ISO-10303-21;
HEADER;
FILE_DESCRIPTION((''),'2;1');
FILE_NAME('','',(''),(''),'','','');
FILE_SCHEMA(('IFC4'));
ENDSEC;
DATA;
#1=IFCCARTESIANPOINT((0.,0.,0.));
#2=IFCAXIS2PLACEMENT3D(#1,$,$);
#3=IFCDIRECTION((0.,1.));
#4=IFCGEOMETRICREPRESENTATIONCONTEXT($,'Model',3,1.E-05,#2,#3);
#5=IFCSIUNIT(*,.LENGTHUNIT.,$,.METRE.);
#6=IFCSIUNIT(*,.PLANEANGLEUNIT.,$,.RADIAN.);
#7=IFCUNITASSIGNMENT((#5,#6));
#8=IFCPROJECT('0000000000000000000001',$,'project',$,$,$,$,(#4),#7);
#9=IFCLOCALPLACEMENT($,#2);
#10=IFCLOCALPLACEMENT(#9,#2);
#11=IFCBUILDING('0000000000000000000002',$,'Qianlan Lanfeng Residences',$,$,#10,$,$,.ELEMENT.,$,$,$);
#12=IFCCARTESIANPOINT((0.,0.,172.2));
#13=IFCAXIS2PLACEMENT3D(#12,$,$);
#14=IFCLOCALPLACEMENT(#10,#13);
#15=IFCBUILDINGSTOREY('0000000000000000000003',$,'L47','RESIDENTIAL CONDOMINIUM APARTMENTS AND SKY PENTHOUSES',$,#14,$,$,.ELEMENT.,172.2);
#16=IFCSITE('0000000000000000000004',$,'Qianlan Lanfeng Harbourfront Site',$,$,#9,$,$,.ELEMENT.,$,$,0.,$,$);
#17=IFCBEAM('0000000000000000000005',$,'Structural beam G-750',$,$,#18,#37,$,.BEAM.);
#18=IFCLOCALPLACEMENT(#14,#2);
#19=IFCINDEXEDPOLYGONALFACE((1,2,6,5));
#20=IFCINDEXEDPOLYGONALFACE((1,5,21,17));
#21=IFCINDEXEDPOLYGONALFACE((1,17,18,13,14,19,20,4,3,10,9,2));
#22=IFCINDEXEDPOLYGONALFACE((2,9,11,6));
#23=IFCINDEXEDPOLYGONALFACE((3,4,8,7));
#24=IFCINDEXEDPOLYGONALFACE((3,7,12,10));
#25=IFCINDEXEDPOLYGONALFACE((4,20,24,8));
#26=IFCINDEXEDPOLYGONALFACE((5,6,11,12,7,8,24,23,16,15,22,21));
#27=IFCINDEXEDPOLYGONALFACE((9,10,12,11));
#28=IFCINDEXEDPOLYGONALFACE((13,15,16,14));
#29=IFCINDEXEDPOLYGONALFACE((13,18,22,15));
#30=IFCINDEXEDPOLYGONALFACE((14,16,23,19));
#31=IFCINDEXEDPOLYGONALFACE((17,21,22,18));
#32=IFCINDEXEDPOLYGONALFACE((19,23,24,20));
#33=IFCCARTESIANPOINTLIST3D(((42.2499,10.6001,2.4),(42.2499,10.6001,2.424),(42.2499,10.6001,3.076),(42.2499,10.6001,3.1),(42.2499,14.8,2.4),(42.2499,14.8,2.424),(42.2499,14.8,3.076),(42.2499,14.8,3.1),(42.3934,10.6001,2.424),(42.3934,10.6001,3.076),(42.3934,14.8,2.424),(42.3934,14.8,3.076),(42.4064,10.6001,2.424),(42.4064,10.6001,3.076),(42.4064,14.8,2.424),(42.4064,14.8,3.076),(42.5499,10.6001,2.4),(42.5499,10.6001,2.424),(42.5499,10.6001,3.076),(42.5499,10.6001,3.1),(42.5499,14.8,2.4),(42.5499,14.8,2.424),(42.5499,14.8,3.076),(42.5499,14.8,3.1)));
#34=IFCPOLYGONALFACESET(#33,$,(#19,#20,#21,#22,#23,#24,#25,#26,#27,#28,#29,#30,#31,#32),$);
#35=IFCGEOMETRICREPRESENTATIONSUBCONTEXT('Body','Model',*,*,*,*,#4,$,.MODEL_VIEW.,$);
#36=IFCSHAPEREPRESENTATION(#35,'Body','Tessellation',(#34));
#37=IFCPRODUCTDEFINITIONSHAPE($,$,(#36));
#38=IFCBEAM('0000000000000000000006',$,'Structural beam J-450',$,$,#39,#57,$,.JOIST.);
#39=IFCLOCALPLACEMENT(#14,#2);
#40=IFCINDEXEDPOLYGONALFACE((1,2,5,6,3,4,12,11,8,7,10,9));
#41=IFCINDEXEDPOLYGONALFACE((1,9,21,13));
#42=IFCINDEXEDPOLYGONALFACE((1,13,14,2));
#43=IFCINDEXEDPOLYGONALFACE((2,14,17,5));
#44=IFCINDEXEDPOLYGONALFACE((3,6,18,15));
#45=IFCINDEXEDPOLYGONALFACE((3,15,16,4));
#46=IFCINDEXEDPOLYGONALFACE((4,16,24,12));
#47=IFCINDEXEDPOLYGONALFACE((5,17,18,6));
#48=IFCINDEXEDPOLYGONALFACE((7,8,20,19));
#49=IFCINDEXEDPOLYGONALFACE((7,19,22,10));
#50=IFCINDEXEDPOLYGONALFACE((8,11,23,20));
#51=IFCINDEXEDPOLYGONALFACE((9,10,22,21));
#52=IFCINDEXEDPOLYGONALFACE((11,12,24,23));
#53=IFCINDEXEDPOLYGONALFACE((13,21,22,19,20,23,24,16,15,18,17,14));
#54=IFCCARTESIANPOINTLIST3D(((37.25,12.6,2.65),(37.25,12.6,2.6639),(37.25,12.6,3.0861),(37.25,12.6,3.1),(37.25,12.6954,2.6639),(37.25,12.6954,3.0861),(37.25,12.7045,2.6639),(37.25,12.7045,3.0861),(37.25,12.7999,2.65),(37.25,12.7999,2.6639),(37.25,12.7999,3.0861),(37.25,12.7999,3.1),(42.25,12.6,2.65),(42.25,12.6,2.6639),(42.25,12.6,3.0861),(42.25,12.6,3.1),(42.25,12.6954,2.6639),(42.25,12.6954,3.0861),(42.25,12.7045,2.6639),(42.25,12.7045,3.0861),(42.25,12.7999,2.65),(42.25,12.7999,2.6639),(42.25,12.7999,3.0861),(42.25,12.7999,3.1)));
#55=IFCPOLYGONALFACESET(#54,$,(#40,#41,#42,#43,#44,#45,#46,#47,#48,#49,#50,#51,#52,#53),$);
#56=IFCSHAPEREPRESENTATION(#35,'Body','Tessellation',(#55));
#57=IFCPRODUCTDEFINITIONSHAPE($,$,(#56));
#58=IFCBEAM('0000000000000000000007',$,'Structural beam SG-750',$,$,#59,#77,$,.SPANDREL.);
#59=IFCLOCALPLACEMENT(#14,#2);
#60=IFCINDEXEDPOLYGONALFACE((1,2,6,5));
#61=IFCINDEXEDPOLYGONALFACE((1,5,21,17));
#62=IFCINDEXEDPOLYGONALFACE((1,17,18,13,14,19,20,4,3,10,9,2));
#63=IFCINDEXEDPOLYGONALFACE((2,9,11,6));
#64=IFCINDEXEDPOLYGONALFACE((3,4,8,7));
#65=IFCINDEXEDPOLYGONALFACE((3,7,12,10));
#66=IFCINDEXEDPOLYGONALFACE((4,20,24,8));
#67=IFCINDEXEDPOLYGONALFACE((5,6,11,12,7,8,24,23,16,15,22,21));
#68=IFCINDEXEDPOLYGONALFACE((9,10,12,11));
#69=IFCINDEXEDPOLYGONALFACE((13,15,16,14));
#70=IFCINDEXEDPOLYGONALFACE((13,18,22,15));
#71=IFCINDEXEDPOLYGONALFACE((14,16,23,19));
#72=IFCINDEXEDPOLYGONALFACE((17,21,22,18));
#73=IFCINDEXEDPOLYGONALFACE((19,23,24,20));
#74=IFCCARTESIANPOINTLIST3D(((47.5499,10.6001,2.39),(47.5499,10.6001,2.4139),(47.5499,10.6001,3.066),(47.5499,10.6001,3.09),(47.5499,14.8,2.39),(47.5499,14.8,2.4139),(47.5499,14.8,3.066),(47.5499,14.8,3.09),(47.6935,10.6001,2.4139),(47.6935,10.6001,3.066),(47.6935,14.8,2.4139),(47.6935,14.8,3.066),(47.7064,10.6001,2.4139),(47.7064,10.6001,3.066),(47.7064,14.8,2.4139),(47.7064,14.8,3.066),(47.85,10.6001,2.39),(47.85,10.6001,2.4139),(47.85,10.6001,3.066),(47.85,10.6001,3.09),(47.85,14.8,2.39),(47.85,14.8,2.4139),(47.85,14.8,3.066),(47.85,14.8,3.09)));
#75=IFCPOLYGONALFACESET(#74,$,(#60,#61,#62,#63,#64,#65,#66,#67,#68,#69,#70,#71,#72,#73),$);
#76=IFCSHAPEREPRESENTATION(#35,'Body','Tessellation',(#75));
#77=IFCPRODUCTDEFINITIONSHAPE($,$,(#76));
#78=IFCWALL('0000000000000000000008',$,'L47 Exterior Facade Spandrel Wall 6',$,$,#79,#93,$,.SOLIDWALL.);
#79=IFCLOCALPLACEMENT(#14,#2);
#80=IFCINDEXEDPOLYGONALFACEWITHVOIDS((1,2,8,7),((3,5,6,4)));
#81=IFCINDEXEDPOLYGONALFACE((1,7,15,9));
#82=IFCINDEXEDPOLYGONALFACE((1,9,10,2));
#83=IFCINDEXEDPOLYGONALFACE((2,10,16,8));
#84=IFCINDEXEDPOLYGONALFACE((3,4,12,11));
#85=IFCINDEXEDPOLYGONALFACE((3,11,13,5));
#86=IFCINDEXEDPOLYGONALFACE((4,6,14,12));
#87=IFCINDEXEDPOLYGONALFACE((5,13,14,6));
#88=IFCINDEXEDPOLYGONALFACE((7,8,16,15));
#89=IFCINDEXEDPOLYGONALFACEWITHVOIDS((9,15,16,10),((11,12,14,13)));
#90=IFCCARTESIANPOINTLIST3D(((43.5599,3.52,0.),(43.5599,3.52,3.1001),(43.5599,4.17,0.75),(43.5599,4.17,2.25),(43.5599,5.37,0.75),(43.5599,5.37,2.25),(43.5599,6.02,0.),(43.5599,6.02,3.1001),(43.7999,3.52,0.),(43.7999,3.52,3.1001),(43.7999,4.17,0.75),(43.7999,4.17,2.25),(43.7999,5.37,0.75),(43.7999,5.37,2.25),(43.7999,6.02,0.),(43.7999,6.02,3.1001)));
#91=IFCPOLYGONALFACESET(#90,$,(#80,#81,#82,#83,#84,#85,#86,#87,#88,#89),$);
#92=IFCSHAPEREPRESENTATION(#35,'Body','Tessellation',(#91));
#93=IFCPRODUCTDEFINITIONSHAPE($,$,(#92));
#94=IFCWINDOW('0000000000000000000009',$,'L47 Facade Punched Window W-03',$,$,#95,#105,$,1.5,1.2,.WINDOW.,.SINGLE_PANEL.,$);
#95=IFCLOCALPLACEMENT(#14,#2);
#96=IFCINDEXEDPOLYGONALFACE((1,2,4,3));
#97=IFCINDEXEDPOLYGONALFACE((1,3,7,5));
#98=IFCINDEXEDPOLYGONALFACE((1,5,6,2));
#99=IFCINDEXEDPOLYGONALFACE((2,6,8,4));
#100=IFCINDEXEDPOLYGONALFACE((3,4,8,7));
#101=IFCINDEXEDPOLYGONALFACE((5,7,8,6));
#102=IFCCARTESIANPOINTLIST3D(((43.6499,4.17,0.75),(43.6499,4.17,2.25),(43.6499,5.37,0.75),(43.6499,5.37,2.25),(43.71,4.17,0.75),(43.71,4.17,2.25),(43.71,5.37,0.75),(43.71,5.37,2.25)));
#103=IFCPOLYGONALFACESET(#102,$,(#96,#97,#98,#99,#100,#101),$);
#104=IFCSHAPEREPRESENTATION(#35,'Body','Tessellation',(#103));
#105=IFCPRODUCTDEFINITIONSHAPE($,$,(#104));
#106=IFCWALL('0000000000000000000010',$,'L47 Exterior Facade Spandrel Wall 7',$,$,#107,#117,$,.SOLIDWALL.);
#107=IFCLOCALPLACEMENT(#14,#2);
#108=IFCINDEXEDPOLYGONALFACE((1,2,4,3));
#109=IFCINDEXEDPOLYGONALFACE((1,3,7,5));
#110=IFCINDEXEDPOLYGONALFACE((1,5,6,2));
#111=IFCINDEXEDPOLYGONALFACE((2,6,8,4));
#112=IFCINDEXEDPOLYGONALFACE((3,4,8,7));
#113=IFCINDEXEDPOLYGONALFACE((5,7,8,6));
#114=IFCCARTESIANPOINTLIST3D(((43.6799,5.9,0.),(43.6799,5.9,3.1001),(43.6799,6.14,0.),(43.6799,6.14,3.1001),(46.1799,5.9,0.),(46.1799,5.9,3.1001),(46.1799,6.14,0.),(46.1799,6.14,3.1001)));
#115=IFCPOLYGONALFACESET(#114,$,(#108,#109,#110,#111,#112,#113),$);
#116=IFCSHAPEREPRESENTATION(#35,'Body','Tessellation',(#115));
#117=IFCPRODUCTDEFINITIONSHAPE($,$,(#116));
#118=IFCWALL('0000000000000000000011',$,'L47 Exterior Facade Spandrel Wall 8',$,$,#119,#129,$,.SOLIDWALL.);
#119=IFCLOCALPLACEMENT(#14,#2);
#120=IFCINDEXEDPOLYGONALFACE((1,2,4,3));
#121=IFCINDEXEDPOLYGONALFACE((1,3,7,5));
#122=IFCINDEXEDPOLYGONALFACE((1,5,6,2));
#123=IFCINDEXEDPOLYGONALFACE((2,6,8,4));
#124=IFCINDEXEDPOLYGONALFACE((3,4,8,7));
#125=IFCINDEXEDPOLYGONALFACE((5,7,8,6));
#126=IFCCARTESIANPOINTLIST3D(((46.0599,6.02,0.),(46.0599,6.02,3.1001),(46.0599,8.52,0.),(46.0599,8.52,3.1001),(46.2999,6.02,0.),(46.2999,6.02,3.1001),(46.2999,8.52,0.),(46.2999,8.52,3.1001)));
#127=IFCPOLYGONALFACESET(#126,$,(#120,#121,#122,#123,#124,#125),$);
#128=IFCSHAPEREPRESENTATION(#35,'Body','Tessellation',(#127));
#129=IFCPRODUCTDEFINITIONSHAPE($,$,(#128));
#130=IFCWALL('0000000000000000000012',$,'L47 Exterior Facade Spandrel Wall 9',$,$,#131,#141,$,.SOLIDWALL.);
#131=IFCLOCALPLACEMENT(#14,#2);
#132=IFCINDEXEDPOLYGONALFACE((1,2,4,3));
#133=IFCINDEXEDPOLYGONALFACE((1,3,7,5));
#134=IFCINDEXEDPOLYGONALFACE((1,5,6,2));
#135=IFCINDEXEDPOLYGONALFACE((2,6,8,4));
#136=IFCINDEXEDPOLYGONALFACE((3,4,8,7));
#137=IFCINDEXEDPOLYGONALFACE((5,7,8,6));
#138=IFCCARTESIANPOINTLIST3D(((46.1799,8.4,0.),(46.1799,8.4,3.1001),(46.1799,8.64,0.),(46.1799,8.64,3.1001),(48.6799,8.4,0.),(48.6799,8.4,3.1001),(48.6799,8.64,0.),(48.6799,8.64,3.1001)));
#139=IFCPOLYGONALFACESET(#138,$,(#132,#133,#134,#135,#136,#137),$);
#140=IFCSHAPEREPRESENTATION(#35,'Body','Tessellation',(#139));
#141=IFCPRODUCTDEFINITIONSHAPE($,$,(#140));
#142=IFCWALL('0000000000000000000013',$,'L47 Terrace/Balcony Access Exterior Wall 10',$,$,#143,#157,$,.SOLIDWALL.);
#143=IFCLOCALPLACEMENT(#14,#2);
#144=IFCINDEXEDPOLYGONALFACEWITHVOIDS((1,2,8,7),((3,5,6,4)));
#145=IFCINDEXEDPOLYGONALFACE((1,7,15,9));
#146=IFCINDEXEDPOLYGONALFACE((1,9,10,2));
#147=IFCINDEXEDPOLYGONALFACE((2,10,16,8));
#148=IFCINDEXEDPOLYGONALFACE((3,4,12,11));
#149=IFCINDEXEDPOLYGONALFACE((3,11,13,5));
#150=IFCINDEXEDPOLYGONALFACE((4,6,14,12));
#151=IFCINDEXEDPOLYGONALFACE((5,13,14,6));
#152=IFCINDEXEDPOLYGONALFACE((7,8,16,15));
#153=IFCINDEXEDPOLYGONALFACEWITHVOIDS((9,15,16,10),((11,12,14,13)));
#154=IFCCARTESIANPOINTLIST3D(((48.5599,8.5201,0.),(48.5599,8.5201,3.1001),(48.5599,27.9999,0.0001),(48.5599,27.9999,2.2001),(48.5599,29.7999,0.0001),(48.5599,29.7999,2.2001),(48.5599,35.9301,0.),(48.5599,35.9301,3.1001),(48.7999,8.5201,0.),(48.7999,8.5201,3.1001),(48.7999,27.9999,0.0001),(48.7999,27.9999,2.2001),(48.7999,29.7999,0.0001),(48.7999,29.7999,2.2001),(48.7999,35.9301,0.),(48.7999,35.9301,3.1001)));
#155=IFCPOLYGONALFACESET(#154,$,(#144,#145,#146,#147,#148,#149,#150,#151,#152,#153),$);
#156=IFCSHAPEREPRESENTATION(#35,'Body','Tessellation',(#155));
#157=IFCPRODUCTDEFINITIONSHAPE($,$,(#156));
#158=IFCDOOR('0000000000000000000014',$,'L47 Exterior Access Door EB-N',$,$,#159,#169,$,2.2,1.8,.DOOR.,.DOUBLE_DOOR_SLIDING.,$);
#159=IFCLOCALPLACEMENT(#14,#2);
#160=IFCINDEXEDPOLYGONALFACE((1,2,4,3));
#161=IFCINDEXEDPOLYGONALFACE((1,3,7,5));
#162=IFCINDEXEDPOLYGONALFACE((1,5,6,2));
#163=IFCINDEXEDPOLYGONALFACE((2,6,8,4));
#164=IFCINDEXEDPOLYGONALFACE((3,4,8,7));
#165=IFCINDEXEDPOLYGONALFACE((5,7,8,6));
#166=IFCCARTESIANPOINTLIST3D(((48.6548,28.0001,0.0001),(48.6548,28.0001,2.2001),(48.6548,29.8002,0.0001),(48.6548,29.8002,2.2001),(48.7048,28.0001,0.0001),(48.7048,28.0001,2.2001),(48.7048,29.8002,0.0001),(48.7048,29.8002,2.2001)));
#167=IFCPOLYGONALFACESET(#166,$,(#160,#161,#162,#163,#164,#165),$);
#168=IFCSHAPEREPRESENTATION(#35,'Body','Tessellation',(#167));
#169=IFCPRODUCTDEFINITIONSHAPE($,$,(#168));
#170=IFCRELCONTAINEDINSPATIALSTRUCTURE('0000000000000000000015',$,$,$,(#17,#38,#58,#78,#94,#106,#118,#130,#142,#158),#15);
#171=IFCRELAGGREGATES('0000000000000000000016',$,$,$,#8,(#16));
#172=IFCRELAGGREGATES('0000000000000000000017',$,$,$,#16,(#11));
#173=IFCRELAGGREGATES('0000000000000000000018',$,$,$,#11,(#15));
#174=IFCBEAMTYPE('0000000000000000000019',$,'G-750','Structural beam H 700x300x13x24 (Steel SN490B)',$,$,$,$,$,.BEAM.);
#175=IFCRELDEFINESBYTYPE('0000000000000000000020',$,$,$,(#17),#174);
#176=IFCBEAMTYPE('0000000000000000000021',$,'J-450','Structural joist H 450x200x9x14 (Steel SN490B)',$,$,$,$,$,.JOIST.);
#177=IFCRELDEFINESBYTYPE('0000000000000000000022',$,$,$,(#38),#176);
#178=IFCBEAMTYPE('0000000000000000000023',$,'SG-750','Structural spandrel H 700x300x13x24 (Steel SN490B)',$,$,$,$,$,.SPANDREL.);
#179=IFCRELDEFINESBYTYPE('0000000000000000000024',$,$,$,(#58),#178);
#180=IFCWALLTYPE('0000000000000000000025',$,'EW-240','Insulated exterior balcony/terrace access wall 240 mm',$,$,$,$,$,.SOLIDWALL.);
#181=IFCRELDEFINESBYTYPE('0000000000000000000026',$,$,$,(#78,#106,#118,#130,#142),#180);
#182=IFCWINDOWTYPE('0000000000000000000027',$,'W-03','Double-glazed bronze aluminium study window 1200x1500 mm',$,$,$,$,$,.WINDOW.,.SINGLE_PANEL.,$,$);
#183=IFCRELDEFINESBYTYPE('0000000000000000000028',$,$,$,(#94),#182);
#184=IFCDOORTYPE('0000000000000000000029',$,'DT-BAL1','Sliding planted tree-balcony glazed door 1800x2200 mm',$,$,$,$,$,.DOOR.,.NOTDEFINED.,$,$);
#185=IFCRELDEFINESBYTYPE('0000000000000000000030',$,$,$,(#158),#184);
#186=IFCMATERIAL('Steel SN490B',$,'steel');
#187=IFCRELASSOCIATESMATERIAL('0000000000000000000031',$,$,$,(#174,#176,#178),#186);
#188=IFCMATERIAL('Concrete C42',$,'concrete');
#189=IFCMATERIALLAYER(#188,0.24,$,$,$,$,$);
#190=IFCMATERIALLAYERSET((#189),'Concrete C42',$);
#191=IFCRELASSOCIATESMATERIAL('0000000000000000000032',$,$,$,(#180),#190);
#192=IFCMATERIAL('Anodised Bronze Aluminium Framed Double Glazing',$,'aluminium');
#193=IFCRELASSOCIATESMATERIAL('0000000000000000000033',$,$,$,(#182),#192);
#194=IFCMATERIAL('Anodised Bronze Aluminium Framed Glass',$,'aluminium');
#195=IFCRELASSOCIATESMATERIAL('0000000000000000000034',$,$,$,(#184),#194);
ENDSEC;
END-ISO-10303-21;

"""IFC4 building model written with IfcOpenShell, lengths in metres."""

from ifc_helpers import new_model, si_unit, direction, frame, frame_2d, origin, origin_2d, place, context, subcontext, project, spatial, rectangle, i_section, extrude, material, layer, layer_set, material_profile, profile_set, type_object, element, fill, save


model = new_model("IFC4")

# Units and contexts
model_context = context("Model", 3, precision=1e-05, world=origin(), true_north=direction((0.0, 1.0)))
body_context = subcontext(model_context, "Body", "Model", "MODEL_VIEW")
ifc_project = project(units=[si_unit("LENGTHUNIT", "METRE"), si_unit("PLANEANGLEUNIT", "RADIAN")], contexts=[model_context])

# Site, building, storey
site_placement = place(None, origin())
site = spatial("IfcSite", under=ifc_project, at=site_placement, Name="Qianlan Lanfeng Harbourfront Site", CompositionType="ELEMENT", RefElevation=0.0)
building_placement = place(site_placement, origin())
building = spatial("IfcBuilding", under=site, at=building_placement, Name="Qianlan Lanfeng Residences", CompositionType="ELEMENT")
storey_placement = place(building_placement, frame((0.0, 0.0, 172.2)))
storey = spatial("IfcBuildingStorey", under=building, at=storey_placement, Name="L47", Description="RESIDENTIAL CONDOMINIUM APARTMENTS AND SKY PENTHOUSES", CompositionType="ELEMENT", Elevation=172.2)

# Shared definitions
ifc_material_1 = material(Name="Steel SN490B", Category="steel")

# Beams
ifc_material_profile_1 = material_profile(ifc_material_1, i_section(OverallWidth=0.3, OverallDepth=0.7, WebThickness=0.0129, FlangeThickness=0.0239, at=origin_2d()), Name="H 700x300x13x24")
ifc_profile_set_1 = profile_set([ifc_material_profile_1], Name="Steel SN490B")
beam_type_1 = type_object("IfcBeamType", Name="G-750", Description="Structural beam H 700x300x13x24 (Steel SN490B)", PredefinedType="BEAM", material=ifc_profile_set_1)
beam_1_placement = place(storey_placement, frame((42.3999, 10.6001, 2.75), z_axis=(0.0, 1.0, 0.0), x_axis=(-1.0, 0.0, 0.0)))
element("IfcBeam", 1, at=beam_1_placement, inside=storey, type_object=beam_type_1, Name="Structural beam G-750", PredefinedType="BEAM", context=body_context, shape_type="SweptSolid", body=[
    extrude(i_section(OverallWidth=0.3, OverallDepth=0.7, WebThickness=0.0129, FlangeThickness=0.0239, at=origin_2d()), origin(), (0.0, 0.0, 1.0), 4.2),
])
ifc_material_profile_2 = material_profile(ifc_material_1, i_section(OverallWidth=0.2, OverallDepth=0.45, WebThickness=0.009, FlangeThickness=0.0139, at=origin_2d()), Name="H 450x200x9x14")
ifc_profile_set_2 = profile_set([ifc_material_profile_2], Name="Steel SN490B")
beam_type_2 = type_object("IfcBeamType", Name="J-450", Description="Structural joist H 450x200x9x14 (Steel SN490B)", PredefinedType="JOIST", material=ifc_profile_set_2)
beam_2_placement = place(storey_placement, frame((37.25, 12.7, 2.875), z_axis=(1.0, 0.0, 0.0), x_axis=(0.0, 1.0, 0.0)))
element("IfcBeam", 2, at=beam_2_placement, inside=storey, type_object=beam_type_2, Name="Structural beam J-450", PredefinedType="JOIST", context=body_context, shape_type="SweptSolid", body=[
    extrude(i_section(OverallWidth=0.2, OverallDepth=0.45, WebThickness=0.009, FlangeThickness=0.0139, at=origin_2d()), origin(), (0.0, 0.0, 1.0), 5.0),
])
ifc_material_profile_3 = material_profile(ifc_material_1, i_section(OverallWidth=0.3, OverallDepth=0.7, WebThickness=0.0129, FlangeThickness=0.0239, at=origin_2d()), Name="H 700x300x13x24")
ifc_profile_set_3 = profile_set([ifc_material_profile_3], Name="Steel SN490B")
beam_type_3 = type_object("IfcBeamType", Name="SG-750", Description="Structural spandrel H 700x300x13x24 (Steel SN490B)", PredefinedType="SPANDREL", material=ifc_profile_set_3)
beam_3_placement = place(storey_placement, frame((47.7, 10.6001, 2.74), z_axis=(0.0, 1.0, 0.0), x_axis=(-1.0, 0.0, 0.0)))
element("IfcBeam", 3, at=beam_3_placement, inside=storey, type_object=beam_type_3, Name="Structural beam SG-750", PredefinedType="SPANDREL", context=body_context, shape_type="SweptSolid", body=[
    extrude(i_section(OverallWidth=0.3, OverallDepth=0.7, WebThickness=0.0129, FlangeThickness=0.0239, at=origin_2d()), origin(), (0.0, 0.0, 1.0), 4.2),
])

# Wall, opening, window
ifc_material_2 = material(Name="Concrete C42", Category="concrete")
ifc_layer_1 = layer(ifc_material_2, 0.24)
ifc_layer_set_1 = layer_set([ifc_layer_1], Name="Concrete C42")
wall_type_1 = type_object("IfcWallType", Name="EW-240", Description="Insulated exterior balcony/terrace access wall 240 mm", PredefinedType="SOLIDWALL", material=ifc_layer_set_1)
wall_1_placement = place(storey_placement, frame((43.6799, 3.52, 0.0), z_axis=(0.0, 0.0, 1.0), x_axis=(0.0, 1.0, 0.0)))
wall_1 = element("IfcWall", 4, at=wall_1_placement, inside=storey, type_object=wall_type_1, Name="L47 Exterior Facade Spandrel Wall 6", PredefinedType="SOLIDWALL", context=body_context, shape_type="SweptSolid", body=[
    extrude(rectangle(XDim=2.5, YDim=0.24, at=frame_2d((1.25, 0.0))), origin(), (0.0, 0.0, 1.0), 3.1001),
])
opening_1_placement = place(wall_1_placement, frame((0.6499, 0.0, 0.75)))
opening_1 = element("IfcOpeningElement", 5, at=opening_1_placement, cuts=wall_1, PredefinedType="OPENING", context=body_context, shape_type="SweptSolid", body=[
    extrude(rectangle(XDim=1.2, YDim=1.5, at=frame_2d((0.6001, 0.75))), frame((0.0, 0.1299, 0.0), z_axis=(0.0, -1.0, 0.0), x_axis=(1.0, 0.0, 0.0)), (0.0, 0.0, 1.0), 0.26),
])
ifc_material_3 = material(Name="Anodised Bronze Aluminium Framed Double Glazing", Category="aluminium")
window_type = type_object("IfcWindowType", Name="W-03", Description="Double-glazed bronze aluminium study window 1200x1500 mm", PartitioningType="SINGLE_PANEL", PredefinedType="WINDOW", material=ifc_material_3)
window_placement = place(opening_1_placement, origin())
window = element("IfcWindow", 6, at=window_placement, inside=storey, type_object=window_type, Name="L47 Facade Punched Window W-03", OverallHeight=1.5, OverallWidth=1.2, PartitioningType="SINGLE_PANEL", PredefinedType="WINDOW", context=body_context, shape_type="SweptSolid", body=[
    extrude(rectangle(XDim=1.2, YDim=1.5, at=frame_2d((0.6001, 0.75))), frame((0.0, 0.03, 0.0), z_axis=(0.0, -1.0, 0.0), x_axis=(1.0, 0.0, 0.0)), (0.0, 0.0, 1.0), 0.0601),
])
fill(opening_1, window)

# Walls
for number, where, z_axis, x_axis, name in (
    (7, (43.6799, 6.02, 0.0), (0.0, 0.0, 1.0), (1.0, 0.0, 0.0), "L47 Exterior Facade Spandrel Wall 7"),
    (8, (46.1799, 6.02, 0.0), (0.0, 0.0, 1.0), (0.0, 1.0, 0.0), "L47 Exterior Facade Spandrel Wall 8"),
    (9, (46.1799, 8.52, 0.0), (0.0, 0.0, 1.0), (1.0, 0.0, 0.0), "L47 Exterior Facade Spandrel Wall 9"),
):
    element("IfcWall", number, at=place(storey_placement, frame(where, z_axis=z_axis, x_axis=x_axis)), inside=storey, type_object=wall_type_1, Name=name, PredefinedType="SOLIDWALL", context=body_context, shape_type="SweptSolid", body=[
        extrude(rectangle(XDim=2.5, YDim=0.24, at=frame_2d((1.25, 0.0))), origin(), (0.0, 0.0, 1.0), 3.1001),
    ])

# Wall, opening, door
wall_2_placement = place(storey_placement, frame((48.6799, 8.52, 0.0), z_axis=(0.0, 0.0, 1.0), x_axis=(0.0, 1.0, 0.0)))
wall_2 = element("IfcWall", 10, at=wall_2_placement, inside=storey, type_object=wall_type_1, Name="L47 Terrace/Balcony Access Exterior Wall 10", PredefinedType="SOLIDWALL", context=body_context, shape_type="SweptSolid", body=[
    extrude(rectangle(XDim=27.4099, YDim=0.24, at=frame_2d((13.7051, 0.0))), origin(), (0.0, 0.0, 1.0), 3.1001),
])
opening_2_placement = place(wall_2_placement, frame((19.48, 0.0, 0.0)))
opening_2 = element("IfcOpeningElement", 11, at=opening_2_placement, cuts=wall_2, PredefinedType="OPENING", context=body_context, shape_type="SweptSolid", body=[
    extrude(rectangle(XDim=1.8, YDim=2.2, at=frame_2d((0.8999, 1.1001))), frame((0.0, 0.1299, 0.0), z_axis=(0.0, -1.0, 0.0), x_axis=(1.0, 0.0, 0.0)), (0.0, 0.0, 1.0), 0.26),
])
ifc_material_4 = material(Name="Anodised Bronze Aluminium Framed Glass", Category="aluminium")
door_type_1 = type_object("IfcDoorType", Name="DT-BAL1", Description="Sliding planted tree-balcony glazed door 1800x2200 mm", OperationType="NOTDEFINED", PredefinedType="DOOR", material=ifc_material_4)
door_1_placement = place(opening_2_placement, frame((1.8, 0.0, 0.0), z_axis=(0.0, 0.0, 1.0), x_axis=(-1.0, 0.0, 0.0)))
door_1 = element("IfcDoor", 12, at=door_1_placement, inside=storey, type_object=door_type_1, Name="L47 Exterior Access Door EB-N", OperationType="DOUBLE_DOOR_SLIDING", OverallHeight=2.2, OverallWidth=1.8, PredefinedType="DOOR", context=body_context, shape_type="SweptSolid", body=[
    extrude(rectangle(XDim=1.8, YDim=2.2, at=frame_2d((0.8999, 1.1001))), frame((0.0, 0.0249, 0.0), z_axis=(0.0, -1.0, 0.0), x_axis=(1.0, 0.0, 0.0)), (0.0, 0.0, 1.0), 0.05),
])
fill(opening_2, door_1)

save(model, "model.ifc")
